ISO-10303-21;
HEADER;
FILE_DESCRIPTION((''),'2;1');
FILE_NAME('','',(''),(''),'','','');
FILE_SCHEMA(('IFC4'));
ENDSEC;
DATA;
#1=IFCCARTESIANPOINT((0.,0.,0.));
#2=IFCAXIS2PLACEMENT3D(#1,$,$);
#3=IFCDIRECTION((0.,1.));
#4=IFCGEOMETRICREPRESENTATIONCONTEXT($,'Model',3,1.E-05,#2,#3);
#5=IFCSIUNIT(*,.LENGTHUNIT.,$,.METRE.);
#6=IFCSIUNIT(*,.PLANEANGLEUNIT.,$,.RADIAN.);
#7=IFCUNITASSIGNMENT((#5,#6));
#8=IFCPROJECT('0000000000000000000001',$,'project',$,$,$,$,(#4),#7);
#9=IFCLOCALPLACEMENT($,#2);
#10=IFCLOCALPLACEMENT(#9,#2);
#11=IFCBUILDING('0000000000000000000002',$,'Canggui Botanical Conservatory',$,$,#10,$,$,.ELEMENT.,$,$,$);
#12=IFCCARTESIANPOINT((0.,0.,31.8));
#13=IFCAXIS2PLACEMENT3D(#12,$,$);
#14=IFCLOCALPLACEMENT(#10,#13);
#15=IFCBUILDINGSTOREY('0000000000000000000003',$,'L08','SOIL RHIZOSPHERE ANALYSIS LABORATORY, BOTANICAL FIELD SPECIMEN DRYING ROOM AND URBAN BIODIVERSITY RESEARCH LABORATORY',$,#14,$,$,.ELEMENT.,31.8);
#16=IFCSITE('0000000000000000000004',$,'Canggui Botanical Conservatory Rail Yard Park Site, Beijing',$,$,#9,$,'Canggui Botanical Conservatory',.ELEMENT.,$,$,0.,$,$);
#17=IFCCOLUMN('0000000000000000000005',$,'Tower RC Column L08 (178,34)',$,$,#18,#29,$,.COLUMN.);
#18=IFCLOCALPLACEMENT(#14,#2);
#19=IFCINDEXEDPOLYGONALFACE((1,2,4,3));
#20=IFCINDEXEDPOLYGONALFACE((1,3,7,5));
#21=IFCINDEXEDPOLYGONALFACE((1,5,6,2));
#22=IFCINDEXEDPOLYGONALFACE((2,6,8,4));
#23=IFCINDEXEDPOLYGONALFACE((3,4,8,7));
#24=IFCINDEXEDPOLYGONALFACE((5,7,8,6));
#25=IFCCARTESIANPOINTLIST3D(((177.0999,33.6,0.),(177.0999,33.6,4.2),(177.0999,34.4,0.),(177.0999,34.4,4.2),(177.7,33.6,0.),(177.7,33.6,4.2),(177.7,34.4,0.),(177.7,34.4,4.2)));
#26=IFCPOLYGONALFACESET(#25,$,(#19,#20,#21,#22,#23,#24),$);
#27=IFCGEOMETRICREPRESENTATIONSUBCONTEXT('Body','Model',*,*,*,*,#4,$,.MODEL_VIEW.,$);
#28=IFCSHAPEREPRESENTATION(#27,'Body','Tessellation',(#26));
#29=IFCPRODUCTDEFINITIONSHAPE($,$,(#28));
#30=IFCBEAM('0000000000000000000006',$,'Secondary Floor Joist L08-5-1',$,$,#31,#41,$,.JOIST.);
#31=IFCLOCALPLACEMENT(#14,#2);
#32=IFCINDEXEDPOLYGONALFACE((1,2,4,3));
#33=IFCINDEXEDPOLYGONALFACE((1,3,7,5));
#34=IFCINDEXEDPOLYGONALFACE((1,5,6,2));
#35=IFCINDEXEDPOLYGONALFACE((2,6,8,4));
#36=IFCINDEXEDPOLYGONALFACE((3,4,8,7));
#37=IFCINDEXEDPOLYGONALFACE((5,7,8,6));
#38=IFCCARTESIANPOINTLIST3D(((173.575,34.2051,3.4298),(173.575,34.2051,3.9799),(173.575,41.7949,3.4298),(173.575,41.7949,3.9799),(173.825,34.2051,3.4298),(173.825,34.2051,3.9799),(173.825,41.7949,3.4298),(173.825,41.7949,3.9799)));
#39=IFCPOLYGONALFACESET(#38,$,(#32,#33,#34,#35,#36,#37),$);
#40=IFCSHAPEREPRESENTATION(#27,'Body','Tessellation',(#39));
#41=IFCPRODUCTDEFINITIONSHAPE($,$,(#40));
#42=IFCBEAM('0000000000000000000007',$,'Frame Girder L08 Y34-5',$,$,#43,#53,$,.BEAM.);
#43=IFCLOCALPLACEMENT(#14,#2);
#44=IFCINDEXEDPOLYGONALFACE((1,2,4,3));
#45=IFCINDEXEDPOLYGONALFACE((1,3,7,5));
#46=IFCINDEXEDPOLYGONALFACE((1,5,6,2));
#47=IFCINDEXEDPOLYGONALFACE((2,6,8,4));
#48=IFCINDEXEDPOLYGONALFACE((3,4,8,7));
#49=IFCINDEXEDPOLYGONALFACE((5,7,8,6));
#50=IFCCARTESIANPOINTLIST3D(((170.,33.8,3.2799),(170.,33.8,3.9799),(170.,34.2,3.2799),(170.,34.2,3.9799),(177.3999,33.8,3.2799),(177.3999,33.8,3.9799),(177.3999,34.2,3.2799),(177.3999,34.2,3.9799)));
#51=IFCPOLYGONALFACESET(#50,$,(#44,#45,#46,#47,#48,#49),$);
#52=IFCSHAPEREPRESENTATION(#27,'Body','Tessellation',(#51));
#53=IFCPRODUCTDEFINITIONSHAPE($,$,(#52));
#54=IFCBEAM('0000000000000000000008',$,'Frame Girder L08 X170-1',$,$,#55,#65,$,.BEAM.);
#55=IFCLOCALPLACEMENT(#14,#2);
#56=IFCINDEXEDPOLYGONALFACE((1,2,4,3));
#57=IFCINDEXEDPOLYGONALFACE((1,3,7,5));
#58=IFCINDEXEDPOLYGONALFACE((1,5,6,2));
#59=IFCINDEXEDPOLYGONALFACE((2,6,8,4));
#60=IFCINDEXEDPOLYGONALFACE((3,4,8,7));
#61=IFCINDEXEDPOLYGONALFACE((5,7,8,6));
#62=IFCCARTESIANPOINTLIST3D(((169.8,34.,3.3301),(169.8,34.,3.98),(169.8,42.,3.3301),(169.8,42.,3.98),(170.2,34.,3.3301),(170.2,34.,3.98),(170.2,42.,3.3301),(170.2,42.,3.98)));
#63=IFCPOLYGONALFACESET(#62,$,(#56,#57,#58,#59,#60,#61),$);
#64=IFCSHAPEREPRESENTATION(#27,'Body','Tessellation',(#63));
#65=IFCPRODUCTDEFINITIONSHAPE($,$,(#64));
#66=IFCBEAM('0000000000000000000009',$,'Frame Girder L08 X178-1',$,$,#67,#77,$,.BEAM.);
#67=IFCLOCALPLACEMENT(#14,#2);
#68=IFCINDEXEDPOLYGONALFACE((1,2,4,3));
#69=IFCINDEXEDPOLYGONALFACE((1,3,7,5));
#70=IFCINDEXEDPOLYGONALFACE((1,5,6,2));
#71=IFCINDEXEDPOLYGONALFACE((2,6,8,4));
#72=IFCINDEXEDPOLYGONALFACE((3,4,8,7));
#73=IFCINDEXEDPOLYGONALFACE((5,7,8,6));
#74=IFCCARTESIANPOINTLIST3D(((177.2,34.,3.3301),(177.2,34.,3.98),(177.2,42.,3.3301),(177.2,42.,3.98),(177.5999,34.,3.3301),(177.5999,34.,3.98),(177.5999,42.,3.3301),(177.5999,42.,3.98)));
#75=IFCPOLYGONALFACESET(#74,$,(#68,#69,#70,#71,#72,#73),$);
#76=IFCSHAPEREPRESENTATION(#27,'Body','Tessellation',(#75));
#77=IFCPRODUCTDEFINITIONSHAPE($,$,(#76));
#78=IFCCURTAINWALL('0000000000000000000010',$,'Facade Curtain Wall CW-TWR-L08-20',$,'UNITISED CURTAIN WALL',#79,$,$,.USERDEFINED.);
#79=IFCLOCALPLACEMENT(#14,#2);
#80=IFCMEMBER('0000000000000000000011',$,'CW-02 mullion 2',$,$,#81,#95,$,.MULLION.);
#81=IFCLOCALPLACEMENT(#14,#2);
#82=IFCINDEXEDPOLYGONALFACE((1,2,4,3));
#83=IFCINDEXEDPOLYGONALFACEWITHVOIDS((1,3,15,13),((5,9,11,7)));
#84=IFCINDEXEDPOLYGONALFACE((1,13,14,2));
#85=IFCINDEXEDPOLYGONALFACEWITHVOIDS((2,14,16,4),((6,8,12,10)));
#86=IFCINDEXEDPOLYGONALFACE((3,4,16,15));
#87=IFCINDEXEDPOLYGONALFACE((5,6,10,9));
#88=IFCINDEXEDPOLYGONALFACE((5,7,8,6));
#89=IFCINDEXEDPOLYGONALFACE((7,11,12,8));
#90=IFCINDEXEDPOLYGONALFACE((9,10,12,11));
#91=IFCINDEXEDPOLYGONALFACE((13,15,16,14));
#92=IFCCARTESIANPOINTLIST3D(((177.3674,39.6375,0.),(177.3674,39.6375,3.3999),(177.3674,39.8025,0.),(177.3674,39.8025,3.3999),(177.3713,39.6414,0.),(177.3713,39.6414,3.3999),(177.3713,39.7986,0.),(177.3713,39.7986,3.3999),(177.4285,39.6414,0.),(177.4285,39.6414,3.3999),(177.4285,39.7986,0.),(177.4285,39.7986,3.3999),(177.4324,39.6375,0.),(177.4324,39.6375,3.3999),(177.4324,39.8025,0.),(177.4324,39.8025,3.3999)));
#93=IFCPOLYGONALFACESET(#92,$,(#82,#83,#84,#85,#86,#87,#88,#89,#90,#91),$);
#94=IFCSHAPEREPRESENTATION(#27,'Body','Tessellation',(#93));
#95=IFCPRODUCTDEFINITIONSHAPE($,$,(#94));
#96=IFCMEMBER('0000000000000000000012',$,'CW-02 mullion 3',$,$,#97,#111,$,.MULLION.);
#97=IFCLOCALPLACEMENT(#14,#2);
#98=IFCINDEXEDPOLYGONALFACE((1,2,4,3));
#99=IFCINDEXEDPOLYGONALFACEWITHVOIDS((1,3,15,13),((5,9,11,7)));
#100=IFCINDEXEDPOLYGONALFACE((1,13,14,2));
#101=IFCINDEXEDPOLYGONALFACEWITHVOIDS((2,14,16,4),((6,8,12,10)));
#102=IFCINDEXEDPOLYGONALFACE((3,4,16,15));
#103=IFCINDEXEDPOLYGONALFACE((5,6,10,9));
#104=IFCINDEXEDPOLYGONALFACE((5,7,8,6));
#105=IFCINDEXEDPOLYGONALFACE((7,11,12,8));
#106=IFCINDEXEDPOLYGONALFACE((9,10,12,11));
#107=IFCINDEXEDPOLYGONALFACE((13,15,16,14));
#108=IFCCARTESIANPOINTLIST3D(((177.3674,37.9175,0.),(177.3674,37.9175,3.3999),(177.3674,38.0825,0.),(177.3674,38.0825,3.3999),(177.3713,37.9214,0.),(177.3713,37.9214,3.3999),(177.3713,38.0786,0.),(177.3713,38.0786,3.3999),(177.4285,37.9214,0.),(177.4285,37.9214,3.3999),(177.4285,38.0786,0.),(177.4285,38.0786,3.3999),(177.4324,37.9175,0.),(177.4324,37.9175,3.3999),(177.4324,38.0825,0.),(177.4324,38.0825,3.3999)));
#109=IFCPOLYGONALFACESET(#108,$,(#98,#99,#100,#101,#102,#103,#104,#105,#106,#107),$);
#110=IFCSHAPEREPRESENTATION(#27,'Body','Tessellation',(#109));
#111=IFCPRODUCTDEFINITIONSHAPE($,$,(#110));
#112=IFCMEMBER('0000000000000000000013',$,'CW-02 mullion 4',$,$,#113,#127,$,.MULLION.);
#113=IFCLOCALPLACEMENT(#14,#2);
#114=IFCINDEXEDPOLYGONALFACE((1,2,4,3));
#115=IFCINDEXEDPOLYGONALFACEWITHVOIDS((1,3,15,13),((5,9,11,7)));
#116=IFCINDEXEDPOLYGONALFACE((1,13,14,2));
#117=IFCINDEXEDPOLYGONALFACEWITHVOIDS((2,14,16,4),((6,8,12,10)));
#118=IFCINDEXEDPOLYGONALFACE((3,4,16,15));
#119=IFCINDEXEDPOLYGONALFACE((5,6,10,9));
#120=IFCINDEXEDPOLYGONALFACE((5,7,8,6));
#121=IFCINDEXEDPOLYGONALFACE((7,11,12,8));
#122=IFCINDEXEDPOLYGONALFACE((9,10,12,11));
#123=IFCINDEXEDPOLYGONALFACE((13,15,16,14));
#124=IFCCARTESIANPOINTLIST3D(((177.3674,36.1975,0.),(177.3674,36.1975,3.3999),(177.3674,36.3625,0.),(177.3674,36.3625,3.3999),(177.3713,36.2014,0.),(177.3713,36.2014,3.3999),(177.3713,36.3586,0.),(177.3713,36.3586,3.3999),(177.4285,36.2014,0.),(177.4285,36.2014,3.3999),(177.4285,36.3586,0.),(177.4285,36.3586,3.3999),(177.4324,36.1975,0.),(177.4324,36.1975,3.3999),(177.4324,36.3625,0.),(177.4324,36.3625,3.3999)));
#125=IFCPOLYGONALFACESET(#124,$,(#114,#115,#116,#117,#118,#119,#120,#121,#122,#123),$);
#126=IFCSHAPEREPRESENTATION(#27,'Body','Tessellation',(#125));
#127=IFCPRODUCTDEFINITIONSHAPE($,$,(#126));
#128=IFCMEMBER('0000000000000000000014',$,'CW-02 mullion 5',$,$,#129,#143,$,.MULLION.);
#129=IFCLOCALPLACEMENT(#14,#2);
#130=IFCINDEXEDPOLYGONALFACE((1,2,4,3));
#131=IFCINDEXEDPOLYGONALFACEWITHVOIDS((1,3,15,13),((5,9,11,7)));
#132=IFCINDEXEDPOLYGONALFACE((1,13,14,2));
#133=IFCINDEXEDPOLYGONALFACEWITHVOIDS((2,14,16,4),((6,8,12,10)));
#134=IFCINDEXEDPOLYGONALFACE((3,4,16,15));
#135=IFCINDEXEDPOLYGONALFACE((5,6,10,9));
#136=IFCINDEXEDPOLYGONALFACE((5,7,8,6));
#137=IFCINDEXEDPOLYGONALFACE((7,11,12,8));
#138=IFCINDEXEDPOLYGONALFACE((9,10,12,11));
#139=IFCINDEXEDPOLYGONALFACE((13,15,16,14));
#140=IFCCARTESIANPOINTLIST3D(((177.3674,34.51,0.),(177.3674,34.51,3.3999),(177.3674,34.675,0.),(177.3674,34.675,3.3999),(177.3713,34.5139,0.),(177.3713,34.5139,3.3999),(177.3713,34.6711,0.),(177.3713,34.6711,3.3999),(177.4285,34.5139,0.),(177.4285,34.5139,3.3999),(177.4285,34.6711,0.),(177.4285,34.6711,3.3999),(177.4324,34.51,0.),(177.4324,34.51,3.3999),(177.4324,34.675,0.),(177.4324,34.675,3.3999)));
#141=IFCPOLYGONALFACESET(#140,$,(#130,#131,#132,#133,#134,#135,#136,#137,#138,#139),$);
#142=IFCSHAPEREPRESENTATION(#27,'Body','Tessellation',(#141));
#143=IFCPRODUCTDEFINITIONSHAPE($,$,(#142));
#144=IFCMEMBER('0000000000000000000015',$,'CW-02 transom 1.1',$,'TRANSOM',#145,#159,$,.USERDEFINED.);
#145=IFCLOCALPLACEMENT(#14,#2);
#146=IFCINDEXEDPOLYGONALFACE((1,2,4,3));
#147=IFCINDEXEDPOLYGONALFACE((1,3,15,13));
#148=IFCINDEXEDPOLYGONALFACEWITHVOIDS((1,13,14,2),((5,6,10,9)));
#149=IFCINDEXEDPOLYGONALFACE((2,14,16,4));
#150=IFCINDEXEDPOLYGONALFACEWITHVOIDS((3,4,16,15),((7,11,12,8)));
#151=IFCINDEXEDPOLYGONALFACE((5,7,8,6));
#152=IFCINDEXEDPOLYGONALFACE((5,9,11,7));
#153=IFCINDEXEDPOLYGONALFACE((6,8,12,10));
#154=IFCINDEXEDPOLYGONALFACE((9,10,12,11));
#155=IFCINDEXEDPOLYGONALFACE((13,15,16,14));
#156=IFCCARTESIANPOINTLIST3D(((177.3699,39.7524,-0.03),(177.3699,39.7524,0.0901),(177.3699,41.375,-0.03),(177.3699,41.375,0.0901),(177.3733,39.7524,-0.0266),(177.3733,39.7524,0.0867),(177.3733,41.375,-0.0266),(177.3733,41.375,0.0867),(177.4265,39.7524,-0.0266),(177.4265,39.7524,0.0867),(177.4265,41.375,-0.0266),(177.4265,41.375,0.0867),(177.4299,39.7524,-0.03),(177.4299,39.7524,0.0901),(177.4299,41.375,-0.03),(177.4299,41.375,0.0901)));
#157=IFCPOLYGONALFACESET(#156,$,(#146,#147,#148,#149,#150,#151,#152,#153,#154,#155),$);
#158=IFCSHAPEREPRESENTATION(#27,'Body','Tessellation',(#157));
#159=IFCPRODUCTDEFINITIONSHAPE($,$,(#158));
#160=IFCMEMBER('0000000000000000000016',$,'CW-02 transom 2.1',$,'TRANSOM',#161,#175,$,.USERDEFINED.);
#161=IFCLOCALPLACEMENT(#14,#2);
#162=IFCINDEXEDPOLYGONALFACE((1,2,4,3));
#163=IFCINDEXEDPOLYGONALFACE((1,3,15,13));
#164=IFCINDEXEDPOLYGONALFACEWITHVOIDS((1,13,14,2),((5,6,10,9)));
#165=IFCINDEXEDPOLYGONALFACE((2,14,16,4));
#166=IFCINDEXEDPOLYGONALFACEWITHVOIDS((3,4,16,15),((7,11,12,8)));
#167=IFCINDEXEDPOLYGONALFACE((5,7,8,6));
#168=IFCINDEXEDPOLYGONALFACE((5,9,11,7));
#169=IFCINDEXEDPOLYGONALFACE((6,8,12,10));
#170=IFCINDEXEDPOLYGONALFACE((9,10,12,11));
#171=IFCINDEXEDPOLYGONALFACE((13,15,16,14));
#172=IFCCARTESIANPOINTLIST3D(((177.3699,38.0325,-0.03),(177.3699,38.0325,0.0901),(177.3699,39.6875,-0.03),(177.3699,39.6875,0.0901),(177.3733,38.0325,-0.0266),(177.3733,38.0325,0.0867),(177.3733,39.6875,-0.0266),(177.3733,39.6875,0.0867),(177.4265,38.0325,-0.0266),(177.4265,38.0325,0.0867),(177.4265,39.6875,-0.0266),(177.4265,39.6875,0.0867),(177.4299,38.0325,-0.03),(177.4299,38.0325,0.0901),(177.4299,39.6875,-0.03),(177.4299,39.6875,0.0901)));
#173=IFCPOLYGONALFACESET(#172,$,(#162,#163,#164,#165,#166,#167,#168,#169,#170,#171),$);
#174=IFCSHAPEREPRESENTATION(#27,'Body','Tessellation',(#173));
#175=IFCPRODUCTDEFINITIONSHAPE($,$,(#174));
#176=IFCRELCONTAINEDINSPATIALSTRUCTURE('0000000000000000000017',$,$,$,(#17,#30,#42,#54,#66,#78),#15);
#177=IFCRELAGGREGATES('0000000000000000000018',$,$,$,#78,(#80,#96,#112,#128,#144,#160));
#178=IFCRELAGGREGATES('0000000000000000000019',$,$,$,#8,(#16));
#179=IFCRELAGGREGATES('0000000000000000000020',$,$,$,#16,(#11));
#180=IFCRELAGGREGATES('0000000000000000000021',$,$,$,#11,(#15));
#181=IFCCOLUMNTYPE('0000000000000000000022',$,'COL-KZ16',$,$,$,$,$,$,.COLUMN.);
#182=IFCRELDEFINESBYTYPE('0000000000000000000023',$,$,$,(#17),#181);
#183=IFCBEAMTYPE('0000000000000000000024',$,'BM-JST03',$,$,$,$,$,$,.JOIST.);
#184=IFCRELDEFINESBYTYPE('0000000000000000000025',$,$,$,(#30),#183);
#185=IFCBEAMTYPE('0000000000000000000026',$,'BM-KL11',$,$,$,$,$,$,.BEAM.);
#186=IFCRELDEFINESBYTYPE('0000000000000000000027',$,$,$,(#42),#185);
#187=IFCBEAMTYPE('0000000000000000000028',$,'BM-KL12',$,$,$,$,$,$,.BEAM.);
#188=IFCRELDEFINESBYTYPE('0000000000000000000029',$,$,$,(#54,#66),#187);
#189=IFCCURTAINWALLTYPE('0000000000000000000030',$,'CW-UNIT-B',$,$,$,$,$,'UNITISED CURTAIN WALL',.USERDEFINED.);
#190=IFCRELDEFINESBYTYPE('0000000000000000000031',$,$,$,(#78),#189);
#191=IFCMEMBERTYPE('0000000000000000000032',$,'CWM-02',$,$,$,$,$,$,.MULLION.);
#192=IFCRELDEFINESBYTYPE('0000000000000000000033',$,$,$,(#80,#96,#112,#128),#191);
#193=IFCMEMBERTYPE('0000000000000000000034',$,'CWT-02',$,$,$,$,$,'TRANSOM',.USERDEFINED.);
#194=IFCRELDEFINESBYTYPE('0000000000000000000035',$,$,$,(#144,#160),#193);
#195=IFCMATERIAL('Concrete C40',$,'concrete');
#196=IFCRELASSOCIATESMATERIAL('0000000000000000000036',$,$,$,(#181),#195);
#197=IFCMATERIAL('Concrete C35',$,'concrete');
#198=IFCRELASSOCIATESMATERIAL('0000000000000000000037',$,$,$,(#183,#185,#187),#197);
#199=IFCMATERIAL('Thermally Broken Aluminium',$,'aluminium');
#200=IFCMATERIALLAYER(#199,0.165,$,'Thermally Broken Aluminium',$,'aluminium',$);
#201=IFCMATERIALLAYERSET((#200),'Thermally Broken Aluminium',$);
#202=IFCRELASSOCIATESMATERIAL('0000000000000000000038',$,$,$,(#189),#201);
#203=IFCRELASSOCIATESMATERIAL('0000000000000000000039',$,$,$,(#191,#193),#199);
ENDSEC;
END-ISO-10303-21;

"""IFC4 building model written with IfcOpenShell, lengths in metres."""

from ifc_helpers import new_model, si_unit, direction, frame, origin, origin_2d, place, context, subcontext, project, spatial, rectangle, hollow_rectangle, extrude, material, layer, layer_set, material_profile, profile_set, type_object, element, aggregate, save


model = new_model("IFC4")

# Units and contexts
model_context = context("Model", 3, precision=1e-05, world=origin(), true_north=direction((0.0, 1.0)))
body_context = subcontext(model_context, "Body", "Model", "MODEL_VIEW")
ifc_project = project(units=[si_unit("LENGTHUNIT", "METRE"), si_unit("PLANEANGLEUNIT", "RADIAN")], contexts=[model_context])

# Site, building, storey
site_placement = place(None, origin())
site = spatial("IfcSite", under=ifc_project, at=site_placement, Name="Canggui Botanical Conservatory Rail Yard Park Site, Beijing", LongName="Canggui Botanical Conservatory", CompositionType="ELEMENT", RefElevation=0.0)
building_placement = place(site_placement, origin())
building = spatial("IfcBuilding", under=site, at=building_placement, Name="Canggui Botanical Conservatory", CompositionType="ELEMENT")
storey_placement = place(building_placement, frame((0.0, 0.0, 31.8)))
storey = spatial("IfcBuildingStorey", under=building, at=storey_placement, Name="L08", Description="SOIL RHIZOSPHERE ANALYSIS LABORATORY, BOTANICAL FIELD SPECIMEN DRYING ROOM AND URBAN BIODIVERSITY RESEARCH LABORATORY", CompositionType="ELEMENT", Elevation=31.8)

# Column
ifc_material_1 = material(Name="Concrete C40", Category="concrete")
ifc_material_profile_1 = material_profile(ifc_material_1, rectangle(XDim=0.6001, YDim=0.8, at=origin_2d()), Name="RC 600x800")
ifc_profile_set_1 = profile_set([ifc_material_profile_1], Name="Concrete C40")
column_type = type_object("IfcColumnType", Name="COL-KZ16", PredefinedType="COLUMN", material=ifc_profile_set_1)
column_placement = place(storey_placement, frame((177.3999, 34.0, 0.0), z_axis=(0.0, 0.0, 1.0), x_axis=(1.0, 0.0, 0.0)))
element("IfcColumn", 1, at=column_placement, inside=storey, type_object=column_type, Name="Tower RC Column L08 (178,34)", PredefinedType="COLUMN", context=body_context, shape_type="SweptSolid", body=[
    extrude(rectangle(XDim=0.6001, YDim=0.8, at=origin_2d()), origin(), (0.0, 0.0, 1.0), 4.2),
])

# Beams
ifc_material_2 = material(Name="Concrete C35", Category="concrete")
ifc_material_profile_2 = material_profile(ifc_material_2, rectangle(XDim=0.25, YDim=0.55, at=origin_2d()), Name="RB 250x550")
ifc_profile_set_2 = profile_set([ifc_material_profile_2], Name="Concrete C35")
beam_type_1 = type_object("IfcBeamType", Name="BM-JST03", PredefinedType="JOIST", material=ifc_profile_set_2)
beam_1_placement = place(storey_placement, frame((173.7, 34.2051, 3.7048), z_axis=(0.0, 1.0, 0.0), x_axis=(-1.0, 0.0, 0.0)))
element("IfcBeam", 2, at=beam_1_placement, inside=storey, type_object=beam_type_1, Name="Secondary Floor Joist L08-5-1", PredefinedType="JOIST", context=body_context, shape_type="SweptSolid", body=[
    extrude(rectangle(XDim=0.25, YDim=0.55, at=origin_2d()), origin(), (0.0, 0.0, 1.0), 7.5898),
])
ifc_material_profile_3 = material_profile(ifc_material_2, rectangle(XDim=0.3999, YDim=0.7, at=origin_2d()), Name="RB 400x700")
ifc_profile_set_3 = profile_set([ifc_material_profile_3], Name="Concrete C35")
beam_type_2 = type_object("IfcBeamType", Name="BM-KL11", PredefinedType="BEAM", material=ifc_profile_set_3)
beam_2_placement = place(storey_placement, frame((170.0, 34.0, 3.6299), z_axis=(1.0, 0.0, 0.0), x_axis=(0.0, 1.0, 0.0)))
element("IfcBeam", 3, at=beam_2_placement, inside=storey, type_object=beam_type_2, Name="Frame Girder L08 Y34-5", PredefinedType="BEAM", context=body_context, shape_type="SweptSolid", body=[
    extrude(rectangle(XDim=0.3999, YDim=0.7, at=origin_2d()), origin(), (0.0, 0.0, 1.0), 7.3999),
])
ifc_material_profile_4 = material_profile(ifc_material_2, rectangle(XDim=0.3999, YDim=0.6499, at=origin_2d()), Name="RB 400x650")
ifc_profile_set_4 = profile_set([ifc_material_profile_4], Name="Concrete C35")
beam_type_3 = type_object("IfcBeamType", Name="BM-KL12", PredefinedType="BEAM", material=ifc_profile_set_4)
for number, where, z_axis, x_axis, name in (
    (4, (170.0, 34.0, 3.655), (0.0, 1.0, 0.0), (-1.0, 0.0, 0.0), "Frame Girder L08 X170-1"),
    (5, (177.3999, 34.0, 3.655), (0.0, 1.0, 0.0), (-1.0, 0.0, 0.0), "Frame Girder L08 X178-1"),
):
    element("IfcBeam", number, at=place(storey_placement, frame(where, z_axis=z_axis, x_axis=x_axis)), inside=storey, type_object=beam_type_3, Name=name, PredefinedType="BEAM", context=body_context, shape_type="SweptSolid", body=[
        extrude(rectangle(XDim=0.3999, YDim=0.6499, at=origin_2d()), origin(), (0.0, 0.0, 1.0), 8.0),
    ])

# Curtain wall, members
ifc_material_3 = material(Name="Thermally Broken Aluminium", Category="aluminium")
ifc_layer_1 = layer(ifc_material_3, 0.165, Name="Thermally Broken Aluminium", Category="aluminium")
ifc_layer_set_1 = layer_set([ifc_layer_1], Name="Thermally Broken Aluminium")
curtain_wall_type = type_object("IfcCurtainWallType", Name="CW-UNIT-B", ElementType="UNITISED CURTAIN WALL", PredefinedType="USERDEFINED", material=ifc_layer_set_1)
curtain_wall_placement = place(storey_placement, origin())
curtain_wall = element("IfcCurtainWall", 6, at=curtain_wall_placement, inside=storey, type_object=curtain_wall_type, Name="Facade Curtain Wall CW-TWR-L08-20", ObjectType="UNITISED CURTAIN WALL", PredefinedType="USERDEFINED")
ifc_material_profile_5 = material_profile(ifc_material_3, hollow_rectangle(XDim=0.0649, YDim=0.165, WallThickness=0.0039, at=origin_2d()), Name="CWM 65x165x4")
ifc_profile_set_5 = profile_set([ifc_material_profile_5], Name="Thermally Broken Aluminium")
member_type_1 = type_object("IfcMemberType", Name="CWM-02", PredefinedType="MULLION", material=ifc_profile_set_5)
member_1_placement = place(storey_placement, frame((177.3999, 39.72, 0.0), z_axis=(0.0, 0.0, 1.0), x_axis=(1.0, 0.0, 0.0)))
member_1 = element("IfcMember", 7, at=member_1_placement, type_object=member_type_1, Name="CW-02 mullion 2", PredefinedType="MULLION", context=body_context, shape_type="SweptSolid", body=[
    extrude(hollow_rectangle(XDim=0.0649, YDim=0.165, WallThickness=0.0039, at=origin_2d()), origin(), (0.0, 0.0, 1.0), 3.3999),
])
member_2_placement = place(storey_placement, frame((177.3999, 38.0, 0.0), z_axis=(0.0, 0.0, 1.0), x_axis=(1.0, 0.0, 0.0)))
member_2 = element("IfcMember", 8, at=member_2_placement, type_object=member_type_1, Name="CW-02 mullion 3", PredefinedType="MULLION", context=body_context, shape_type="SweptSolid", body=[
    extrude(hollow_rectangle(XDim=0.0649, YDim=0.165, WallThickness=0.0039, at=origin_2d()), origin(), (0.0, 0.0, 1.0), 3.3999),
])
member_3_placement = place(storey_placement, frame((177.3999, 36.28, 0.0), z_axis=(0.0, 0.0, 1.0), x_axis=(1.0, 0.0, 0.0)))
member_3 = element("IfcMember", 9, at=member_3_placement, type_object=member_type_1, Name="CW-02 mullion 4", PredefinedType="MULLION", context=body_context, shape_type="SweptSolid", body=[
    extrude(hollow_rectangle(XDim=0.0649, YDim=0.165, WallThickness=0.0039, at=origin_2d()), origin(), (0.0, 0.0, 1.0), 3.3999),
])
member_4_placement = place(storey_placement, frame((177.3999, 34.5925, 0.0), z_axis=(0.0, 0.0, 1.0), x_axis=(1.0, 0.0, 0.0)))
member_4 = element("IfcMember", 10, at=member_4_placement, type_object=member_type_1, Name="CW-02 mullion 5", PredefinedType="MULLION", context=body_context, shape_type="SweptSolid", body=[
    extrude(hollow_rectangle(XDim=0.0649, YDim=0.165, WallThickness=0.0039, at=origin_2d()), origin(), (0.0, 0.0, 1.0), 3.3999),
])
ifc_material_profile_6 = material_profile(ifc_material_3, hollow_rectangle(XDim=0.0601, YDim=0.1201, WallThickness=0.0034, at=origin_2d()), Name="CWT 60x120x3.5")
ifc_profile_set_6 = profile_set([ifc_material_profile_6], Name="Thermally Broken Aluminium")
member_type_2 = type_object("IfcMemberType", Name="CWT-02", ElementType="TRANSOM", PredefinedType="USERDEFINED", material=ifc_profile_set_6)
member_5_placement = place(storey_placement, frame((177.3999, 41.375, 0.03), z_axis=(0.0, -1.0, 0.0), x_axis=(1.0, 0.0, 0.0)))
member_5 = element("IfcMember", 11, at=member_5_placement, type_object=member_type_2, Name="CW-02 transom 1.1", ObjectType="TRANSOM", PredefinedType="USERDEFINED", context=body_context, shape_type="SweptSolid", body=[
    extrude(hollow_rectangle(XDim=0.0601, YDim=0.1201, WallThickness=0.0034, at=origin_2d()), origin(), (0.0, 0.0, 1.0), 1.6226),
])
member_6_placement = place(storey_placement, frame((177.3999, 39.6875, 0.03), z_axis=(0.0, -1.0, 0.0), x_axis=(1.0, 0.0, 0.0)))
member_6 = element("IfcMember", 12, at=member_6_placement, type_object=member_type_2, Name="CW-02 transom 2.1", ObjectType="TRANSOM", PredefinedType="USERDEFINED", context=body_context, shape_type="SweptSolid", body=[
    extrude(hollow_rectangle(XDim=0.0601, YDim=0.1201, WallThickness=0.0034, at=origin_2d()), origin(), (0.0, 0.0, 1.0), 1.655),
])
aggregate(curtain_wall, [member_1, member_2, member_3, member_4, member_5, member_6])

save(model, "model.ifc")
